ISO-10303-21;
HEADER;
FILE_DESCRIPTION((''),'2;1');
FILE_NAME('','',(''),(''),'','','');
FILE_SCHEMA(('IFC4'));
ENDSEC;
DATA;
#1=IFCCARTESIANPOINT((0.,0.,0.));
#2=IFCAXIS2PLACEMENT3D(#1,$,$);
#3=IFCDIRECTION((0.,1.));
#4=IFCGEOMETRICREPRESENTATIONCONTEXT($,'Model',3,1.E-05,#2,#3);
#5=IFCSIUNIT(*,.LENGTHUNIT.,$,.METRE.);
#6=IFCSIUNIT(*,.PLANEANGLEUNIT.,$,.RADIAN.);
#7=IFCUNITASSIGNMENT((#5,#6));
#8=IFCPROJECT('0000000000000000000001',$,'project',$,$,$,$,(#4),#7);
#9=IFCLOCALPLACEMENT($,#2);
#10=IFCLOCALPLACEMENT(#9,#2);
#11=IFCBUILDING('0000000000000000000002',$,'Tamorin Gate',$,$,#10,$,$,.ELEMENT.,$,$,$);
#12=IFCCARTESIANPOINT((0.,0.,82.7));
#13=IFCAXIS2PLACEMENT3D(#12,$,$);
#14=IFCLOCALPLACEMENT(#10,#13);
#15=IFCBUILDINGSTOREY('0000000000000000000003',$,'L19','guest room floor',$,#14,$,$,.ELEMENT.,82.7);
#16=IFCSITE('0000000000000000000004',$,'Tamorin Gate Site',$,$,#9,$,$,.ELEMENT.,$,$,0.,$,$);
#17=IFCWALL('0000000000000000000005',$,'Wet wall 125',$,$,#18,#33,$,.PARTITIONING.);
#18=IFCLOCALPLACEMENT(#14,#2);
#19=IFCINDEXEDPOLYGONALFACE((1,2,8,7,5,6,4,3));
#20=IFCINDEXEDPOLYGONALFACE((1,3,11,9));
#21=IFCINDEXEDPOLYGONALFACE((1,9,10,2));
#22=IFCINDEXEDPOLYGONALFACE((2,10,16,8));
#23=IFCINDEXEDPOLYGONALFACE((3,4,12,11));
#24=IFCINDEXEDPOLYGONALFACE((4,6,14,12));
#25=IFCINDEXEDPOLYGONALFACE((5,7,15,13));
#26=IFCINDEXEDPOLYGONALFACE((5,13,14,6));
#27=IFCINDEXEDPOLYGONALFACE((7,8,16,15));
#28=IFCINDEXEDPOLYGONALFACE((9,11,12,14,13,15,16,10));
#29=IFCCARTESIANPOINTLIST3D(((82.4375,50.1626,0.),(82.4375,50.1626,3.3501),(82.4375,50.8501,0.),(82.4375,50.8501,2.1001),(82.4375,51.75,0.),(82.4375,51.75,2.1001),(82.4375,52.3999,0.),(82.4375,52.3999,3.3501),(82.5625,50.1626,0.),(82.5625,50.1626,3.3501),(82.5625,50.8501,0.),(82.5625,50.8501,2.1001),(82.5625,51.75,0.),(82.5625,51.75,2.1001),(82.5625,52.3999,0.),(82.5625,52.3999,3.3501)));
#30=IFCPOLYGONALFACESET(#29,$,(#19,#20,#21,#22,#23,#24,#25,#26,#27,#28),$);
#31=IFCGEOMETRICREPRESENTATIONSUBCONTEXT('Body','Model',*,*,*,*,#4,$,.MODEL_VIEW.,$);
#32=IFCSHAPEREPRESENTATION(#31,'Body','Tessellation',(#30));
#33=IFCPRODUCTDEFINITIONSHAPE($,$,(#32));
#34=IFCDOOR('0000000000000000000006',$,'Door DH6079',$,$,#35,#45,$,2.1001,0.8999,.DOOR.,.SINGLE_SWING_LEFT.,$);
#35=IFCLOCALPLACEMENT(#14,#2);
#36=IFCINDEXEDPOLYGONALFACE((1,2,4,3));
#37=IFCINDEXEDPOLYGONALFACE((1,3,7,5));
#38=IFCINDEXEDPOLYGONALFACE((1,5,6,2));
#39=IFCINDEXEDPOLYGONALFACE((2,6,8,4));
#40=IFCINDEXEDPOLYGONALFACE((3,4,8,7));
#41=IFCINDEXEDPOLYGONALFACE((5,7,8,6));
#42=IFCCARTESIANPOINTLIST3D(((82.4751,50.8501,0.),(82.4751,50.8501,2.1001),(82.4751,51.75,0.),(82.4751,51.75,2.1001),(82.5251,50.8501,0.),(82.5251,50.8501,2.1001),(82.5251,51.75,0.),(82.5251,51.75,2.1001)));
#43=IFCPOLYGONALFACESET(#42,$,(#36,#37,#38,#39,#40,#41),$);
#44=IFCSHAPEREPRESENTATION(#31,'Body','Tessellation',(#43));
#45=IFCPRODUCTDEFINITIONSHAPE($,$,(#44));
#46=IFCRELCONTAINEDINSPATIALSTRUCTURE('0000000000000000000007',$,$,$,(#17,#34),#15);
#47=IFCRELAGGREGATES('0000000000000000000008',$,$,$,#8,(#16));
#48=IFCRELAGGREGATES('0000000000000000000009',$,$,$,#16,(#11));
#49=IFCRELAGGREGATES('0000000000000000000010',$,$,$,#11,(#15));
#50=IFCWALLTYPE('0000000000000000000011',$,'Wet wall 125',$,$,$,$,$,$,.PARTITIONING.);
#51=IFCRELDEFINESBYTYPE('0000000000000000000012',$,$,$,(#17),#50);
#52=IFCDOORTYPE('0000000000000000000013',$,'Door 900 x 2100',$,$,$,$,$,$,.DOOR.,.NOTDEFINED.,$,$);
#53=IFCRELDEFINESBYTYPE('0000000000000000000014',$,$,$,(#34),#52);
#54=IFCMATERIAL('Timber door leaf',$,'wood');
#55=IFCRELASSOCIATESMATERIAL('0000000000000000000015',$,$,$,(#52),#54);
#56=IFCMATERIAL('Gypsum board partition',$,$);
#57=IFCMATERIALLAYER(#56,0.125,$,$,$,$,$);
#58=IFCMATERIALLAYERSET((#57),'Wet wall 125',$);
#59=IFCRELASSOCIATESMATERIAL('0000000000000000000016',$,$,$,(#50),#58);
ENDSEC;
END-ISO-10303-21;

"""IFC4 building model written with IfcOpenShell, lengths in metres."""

from ifc_helpers import new_model, si_unit, direction, frame, frame_2d, origin, place, context, subcontext, project, spatial, rectangle, extrude, material, layer, layer_set, type_object, element, fill, save


model = new_model("IFC4")

# Units and contexts
model_context = context("Model", 3, precision=1e-05, world=origin(), true_north=direction((0.0, 1.0)))
body_context = subcontext(model_context, "Body", "Model", "MODEL_VIEW")
ifc_project = project(units=[si_unit("LENGTHUNIT", "METRE"), si_unit("PLANEANGLEUNIT", "RADIAN")], contexts=[model_context])

# Site, building, storey
site_placement = place(None, origin())
site = spatial("IfcSite", under=ifc_project, at=site_placement, Name="Tamorin Gate Site", CompositionType="ELEMENT", RefElevation=0.0)
building_placement = place(site_placement, origin())
building = spatial("IfcBuilding", under=site, at=building_placement, Name="Tamorin Gate", CompositionType="ELEMENT")
storey_placement = place(building_placement, frame((0.0, 0.0, 82.7)))
storey = spatial("IfcBuildingStorey", under=building, at=storey_placement, Name="L19", Description="guest room floor", CompositionType="ELEMENT", Elevation=82.7)

# Shared definitions
ifc_material_1 = material(Name="Gypsum board partition")
ifc_material_2 = material(Name="Timber door leaf", Category="wood")
door_type = type_object("IfcDoorType", Name="Door 900 x 2100", OperationType="NOTDEFINED", PredefinedType="DOOR", material=ifc_material_2)

# Wall, opening, door
ifc_layer_1 = layer(ifc_material_1, 0.125)
ifc_layer_set_1 = layer_set([ifc_layer_1], Name="Wet wall 125")
wall_type_1 = type_object("IfcWallType", Name="Wet wall 125", PredefinedType="PARTITIONING", material=ifc_layer_set_1)
wall_1_placement = place(storey_placement, frame((82.5, 50.1626, 0.0), z_axis=(0.0, 0.0, 1.0), x_axis=(0.0, 1.0, 0.0)))
wall_1 = element("IfcWall", 1, at=wall_1_placement, inside=storey, type_object=wall_type_1, Name="Wet wall 125", PredefinedType="PARTITIONING", context=body_context, shape_type="SweptSolid", body=[
    extrude(rectangle(XDim=2.2373, YDim=0.125, at=frame_2d((1.1187, 0.0))), origin(), (0.0, 0.0, 1.0), 3.3501),
])
opening_1_placement = place(wall_1_placement, frame((0.6875, 0.0, 0.0)))
opening_1 = element("IfcOpeningElement", 2, at=opening_1_placement, cuts=wall_1, PredefinedType="OPENING", context=body_context, shape_type="SweptSolid", body=[
    extrude(rectangle(XDim=0.8999, YDim=2.1001, at=frame_2d((0.45, 1.05))), frame((0.0, 0.0725, 0.0), z_axis=(0.0, -1.0, 0.0), x_axis=(1.0, 0.0, 0.0)), (0.0, 0.0, 1.0), 0.145),
])
door_1_placement = place(opening_1_placement, origin())
door_1 = element("IfcDoor", 3, at=door_1_placement, inside=storey, type_object=door_type, Name="Door DH6079", OperationType="SINGLE_SWING_LEFT", OverallHeight=2.1001, OverallWidth=0.8999, PredefinedType="DOOR", context=body_context, shape_type="SweptSolid", body=[
    extrude(rectangle(XDim=0.8999, YDim=2.1001, at=frame_2d((0.45, 1.05))), frame((0.0, 0.0249, 0.0), z_axis=(0.0, -1.0, 0.0), x_axis=(1.0, 0.0, 0.0)), (0.0, 0.0, 1.0), 0.05),
])
fill(opening_1, door_1)

save(model, "model.ifc")
